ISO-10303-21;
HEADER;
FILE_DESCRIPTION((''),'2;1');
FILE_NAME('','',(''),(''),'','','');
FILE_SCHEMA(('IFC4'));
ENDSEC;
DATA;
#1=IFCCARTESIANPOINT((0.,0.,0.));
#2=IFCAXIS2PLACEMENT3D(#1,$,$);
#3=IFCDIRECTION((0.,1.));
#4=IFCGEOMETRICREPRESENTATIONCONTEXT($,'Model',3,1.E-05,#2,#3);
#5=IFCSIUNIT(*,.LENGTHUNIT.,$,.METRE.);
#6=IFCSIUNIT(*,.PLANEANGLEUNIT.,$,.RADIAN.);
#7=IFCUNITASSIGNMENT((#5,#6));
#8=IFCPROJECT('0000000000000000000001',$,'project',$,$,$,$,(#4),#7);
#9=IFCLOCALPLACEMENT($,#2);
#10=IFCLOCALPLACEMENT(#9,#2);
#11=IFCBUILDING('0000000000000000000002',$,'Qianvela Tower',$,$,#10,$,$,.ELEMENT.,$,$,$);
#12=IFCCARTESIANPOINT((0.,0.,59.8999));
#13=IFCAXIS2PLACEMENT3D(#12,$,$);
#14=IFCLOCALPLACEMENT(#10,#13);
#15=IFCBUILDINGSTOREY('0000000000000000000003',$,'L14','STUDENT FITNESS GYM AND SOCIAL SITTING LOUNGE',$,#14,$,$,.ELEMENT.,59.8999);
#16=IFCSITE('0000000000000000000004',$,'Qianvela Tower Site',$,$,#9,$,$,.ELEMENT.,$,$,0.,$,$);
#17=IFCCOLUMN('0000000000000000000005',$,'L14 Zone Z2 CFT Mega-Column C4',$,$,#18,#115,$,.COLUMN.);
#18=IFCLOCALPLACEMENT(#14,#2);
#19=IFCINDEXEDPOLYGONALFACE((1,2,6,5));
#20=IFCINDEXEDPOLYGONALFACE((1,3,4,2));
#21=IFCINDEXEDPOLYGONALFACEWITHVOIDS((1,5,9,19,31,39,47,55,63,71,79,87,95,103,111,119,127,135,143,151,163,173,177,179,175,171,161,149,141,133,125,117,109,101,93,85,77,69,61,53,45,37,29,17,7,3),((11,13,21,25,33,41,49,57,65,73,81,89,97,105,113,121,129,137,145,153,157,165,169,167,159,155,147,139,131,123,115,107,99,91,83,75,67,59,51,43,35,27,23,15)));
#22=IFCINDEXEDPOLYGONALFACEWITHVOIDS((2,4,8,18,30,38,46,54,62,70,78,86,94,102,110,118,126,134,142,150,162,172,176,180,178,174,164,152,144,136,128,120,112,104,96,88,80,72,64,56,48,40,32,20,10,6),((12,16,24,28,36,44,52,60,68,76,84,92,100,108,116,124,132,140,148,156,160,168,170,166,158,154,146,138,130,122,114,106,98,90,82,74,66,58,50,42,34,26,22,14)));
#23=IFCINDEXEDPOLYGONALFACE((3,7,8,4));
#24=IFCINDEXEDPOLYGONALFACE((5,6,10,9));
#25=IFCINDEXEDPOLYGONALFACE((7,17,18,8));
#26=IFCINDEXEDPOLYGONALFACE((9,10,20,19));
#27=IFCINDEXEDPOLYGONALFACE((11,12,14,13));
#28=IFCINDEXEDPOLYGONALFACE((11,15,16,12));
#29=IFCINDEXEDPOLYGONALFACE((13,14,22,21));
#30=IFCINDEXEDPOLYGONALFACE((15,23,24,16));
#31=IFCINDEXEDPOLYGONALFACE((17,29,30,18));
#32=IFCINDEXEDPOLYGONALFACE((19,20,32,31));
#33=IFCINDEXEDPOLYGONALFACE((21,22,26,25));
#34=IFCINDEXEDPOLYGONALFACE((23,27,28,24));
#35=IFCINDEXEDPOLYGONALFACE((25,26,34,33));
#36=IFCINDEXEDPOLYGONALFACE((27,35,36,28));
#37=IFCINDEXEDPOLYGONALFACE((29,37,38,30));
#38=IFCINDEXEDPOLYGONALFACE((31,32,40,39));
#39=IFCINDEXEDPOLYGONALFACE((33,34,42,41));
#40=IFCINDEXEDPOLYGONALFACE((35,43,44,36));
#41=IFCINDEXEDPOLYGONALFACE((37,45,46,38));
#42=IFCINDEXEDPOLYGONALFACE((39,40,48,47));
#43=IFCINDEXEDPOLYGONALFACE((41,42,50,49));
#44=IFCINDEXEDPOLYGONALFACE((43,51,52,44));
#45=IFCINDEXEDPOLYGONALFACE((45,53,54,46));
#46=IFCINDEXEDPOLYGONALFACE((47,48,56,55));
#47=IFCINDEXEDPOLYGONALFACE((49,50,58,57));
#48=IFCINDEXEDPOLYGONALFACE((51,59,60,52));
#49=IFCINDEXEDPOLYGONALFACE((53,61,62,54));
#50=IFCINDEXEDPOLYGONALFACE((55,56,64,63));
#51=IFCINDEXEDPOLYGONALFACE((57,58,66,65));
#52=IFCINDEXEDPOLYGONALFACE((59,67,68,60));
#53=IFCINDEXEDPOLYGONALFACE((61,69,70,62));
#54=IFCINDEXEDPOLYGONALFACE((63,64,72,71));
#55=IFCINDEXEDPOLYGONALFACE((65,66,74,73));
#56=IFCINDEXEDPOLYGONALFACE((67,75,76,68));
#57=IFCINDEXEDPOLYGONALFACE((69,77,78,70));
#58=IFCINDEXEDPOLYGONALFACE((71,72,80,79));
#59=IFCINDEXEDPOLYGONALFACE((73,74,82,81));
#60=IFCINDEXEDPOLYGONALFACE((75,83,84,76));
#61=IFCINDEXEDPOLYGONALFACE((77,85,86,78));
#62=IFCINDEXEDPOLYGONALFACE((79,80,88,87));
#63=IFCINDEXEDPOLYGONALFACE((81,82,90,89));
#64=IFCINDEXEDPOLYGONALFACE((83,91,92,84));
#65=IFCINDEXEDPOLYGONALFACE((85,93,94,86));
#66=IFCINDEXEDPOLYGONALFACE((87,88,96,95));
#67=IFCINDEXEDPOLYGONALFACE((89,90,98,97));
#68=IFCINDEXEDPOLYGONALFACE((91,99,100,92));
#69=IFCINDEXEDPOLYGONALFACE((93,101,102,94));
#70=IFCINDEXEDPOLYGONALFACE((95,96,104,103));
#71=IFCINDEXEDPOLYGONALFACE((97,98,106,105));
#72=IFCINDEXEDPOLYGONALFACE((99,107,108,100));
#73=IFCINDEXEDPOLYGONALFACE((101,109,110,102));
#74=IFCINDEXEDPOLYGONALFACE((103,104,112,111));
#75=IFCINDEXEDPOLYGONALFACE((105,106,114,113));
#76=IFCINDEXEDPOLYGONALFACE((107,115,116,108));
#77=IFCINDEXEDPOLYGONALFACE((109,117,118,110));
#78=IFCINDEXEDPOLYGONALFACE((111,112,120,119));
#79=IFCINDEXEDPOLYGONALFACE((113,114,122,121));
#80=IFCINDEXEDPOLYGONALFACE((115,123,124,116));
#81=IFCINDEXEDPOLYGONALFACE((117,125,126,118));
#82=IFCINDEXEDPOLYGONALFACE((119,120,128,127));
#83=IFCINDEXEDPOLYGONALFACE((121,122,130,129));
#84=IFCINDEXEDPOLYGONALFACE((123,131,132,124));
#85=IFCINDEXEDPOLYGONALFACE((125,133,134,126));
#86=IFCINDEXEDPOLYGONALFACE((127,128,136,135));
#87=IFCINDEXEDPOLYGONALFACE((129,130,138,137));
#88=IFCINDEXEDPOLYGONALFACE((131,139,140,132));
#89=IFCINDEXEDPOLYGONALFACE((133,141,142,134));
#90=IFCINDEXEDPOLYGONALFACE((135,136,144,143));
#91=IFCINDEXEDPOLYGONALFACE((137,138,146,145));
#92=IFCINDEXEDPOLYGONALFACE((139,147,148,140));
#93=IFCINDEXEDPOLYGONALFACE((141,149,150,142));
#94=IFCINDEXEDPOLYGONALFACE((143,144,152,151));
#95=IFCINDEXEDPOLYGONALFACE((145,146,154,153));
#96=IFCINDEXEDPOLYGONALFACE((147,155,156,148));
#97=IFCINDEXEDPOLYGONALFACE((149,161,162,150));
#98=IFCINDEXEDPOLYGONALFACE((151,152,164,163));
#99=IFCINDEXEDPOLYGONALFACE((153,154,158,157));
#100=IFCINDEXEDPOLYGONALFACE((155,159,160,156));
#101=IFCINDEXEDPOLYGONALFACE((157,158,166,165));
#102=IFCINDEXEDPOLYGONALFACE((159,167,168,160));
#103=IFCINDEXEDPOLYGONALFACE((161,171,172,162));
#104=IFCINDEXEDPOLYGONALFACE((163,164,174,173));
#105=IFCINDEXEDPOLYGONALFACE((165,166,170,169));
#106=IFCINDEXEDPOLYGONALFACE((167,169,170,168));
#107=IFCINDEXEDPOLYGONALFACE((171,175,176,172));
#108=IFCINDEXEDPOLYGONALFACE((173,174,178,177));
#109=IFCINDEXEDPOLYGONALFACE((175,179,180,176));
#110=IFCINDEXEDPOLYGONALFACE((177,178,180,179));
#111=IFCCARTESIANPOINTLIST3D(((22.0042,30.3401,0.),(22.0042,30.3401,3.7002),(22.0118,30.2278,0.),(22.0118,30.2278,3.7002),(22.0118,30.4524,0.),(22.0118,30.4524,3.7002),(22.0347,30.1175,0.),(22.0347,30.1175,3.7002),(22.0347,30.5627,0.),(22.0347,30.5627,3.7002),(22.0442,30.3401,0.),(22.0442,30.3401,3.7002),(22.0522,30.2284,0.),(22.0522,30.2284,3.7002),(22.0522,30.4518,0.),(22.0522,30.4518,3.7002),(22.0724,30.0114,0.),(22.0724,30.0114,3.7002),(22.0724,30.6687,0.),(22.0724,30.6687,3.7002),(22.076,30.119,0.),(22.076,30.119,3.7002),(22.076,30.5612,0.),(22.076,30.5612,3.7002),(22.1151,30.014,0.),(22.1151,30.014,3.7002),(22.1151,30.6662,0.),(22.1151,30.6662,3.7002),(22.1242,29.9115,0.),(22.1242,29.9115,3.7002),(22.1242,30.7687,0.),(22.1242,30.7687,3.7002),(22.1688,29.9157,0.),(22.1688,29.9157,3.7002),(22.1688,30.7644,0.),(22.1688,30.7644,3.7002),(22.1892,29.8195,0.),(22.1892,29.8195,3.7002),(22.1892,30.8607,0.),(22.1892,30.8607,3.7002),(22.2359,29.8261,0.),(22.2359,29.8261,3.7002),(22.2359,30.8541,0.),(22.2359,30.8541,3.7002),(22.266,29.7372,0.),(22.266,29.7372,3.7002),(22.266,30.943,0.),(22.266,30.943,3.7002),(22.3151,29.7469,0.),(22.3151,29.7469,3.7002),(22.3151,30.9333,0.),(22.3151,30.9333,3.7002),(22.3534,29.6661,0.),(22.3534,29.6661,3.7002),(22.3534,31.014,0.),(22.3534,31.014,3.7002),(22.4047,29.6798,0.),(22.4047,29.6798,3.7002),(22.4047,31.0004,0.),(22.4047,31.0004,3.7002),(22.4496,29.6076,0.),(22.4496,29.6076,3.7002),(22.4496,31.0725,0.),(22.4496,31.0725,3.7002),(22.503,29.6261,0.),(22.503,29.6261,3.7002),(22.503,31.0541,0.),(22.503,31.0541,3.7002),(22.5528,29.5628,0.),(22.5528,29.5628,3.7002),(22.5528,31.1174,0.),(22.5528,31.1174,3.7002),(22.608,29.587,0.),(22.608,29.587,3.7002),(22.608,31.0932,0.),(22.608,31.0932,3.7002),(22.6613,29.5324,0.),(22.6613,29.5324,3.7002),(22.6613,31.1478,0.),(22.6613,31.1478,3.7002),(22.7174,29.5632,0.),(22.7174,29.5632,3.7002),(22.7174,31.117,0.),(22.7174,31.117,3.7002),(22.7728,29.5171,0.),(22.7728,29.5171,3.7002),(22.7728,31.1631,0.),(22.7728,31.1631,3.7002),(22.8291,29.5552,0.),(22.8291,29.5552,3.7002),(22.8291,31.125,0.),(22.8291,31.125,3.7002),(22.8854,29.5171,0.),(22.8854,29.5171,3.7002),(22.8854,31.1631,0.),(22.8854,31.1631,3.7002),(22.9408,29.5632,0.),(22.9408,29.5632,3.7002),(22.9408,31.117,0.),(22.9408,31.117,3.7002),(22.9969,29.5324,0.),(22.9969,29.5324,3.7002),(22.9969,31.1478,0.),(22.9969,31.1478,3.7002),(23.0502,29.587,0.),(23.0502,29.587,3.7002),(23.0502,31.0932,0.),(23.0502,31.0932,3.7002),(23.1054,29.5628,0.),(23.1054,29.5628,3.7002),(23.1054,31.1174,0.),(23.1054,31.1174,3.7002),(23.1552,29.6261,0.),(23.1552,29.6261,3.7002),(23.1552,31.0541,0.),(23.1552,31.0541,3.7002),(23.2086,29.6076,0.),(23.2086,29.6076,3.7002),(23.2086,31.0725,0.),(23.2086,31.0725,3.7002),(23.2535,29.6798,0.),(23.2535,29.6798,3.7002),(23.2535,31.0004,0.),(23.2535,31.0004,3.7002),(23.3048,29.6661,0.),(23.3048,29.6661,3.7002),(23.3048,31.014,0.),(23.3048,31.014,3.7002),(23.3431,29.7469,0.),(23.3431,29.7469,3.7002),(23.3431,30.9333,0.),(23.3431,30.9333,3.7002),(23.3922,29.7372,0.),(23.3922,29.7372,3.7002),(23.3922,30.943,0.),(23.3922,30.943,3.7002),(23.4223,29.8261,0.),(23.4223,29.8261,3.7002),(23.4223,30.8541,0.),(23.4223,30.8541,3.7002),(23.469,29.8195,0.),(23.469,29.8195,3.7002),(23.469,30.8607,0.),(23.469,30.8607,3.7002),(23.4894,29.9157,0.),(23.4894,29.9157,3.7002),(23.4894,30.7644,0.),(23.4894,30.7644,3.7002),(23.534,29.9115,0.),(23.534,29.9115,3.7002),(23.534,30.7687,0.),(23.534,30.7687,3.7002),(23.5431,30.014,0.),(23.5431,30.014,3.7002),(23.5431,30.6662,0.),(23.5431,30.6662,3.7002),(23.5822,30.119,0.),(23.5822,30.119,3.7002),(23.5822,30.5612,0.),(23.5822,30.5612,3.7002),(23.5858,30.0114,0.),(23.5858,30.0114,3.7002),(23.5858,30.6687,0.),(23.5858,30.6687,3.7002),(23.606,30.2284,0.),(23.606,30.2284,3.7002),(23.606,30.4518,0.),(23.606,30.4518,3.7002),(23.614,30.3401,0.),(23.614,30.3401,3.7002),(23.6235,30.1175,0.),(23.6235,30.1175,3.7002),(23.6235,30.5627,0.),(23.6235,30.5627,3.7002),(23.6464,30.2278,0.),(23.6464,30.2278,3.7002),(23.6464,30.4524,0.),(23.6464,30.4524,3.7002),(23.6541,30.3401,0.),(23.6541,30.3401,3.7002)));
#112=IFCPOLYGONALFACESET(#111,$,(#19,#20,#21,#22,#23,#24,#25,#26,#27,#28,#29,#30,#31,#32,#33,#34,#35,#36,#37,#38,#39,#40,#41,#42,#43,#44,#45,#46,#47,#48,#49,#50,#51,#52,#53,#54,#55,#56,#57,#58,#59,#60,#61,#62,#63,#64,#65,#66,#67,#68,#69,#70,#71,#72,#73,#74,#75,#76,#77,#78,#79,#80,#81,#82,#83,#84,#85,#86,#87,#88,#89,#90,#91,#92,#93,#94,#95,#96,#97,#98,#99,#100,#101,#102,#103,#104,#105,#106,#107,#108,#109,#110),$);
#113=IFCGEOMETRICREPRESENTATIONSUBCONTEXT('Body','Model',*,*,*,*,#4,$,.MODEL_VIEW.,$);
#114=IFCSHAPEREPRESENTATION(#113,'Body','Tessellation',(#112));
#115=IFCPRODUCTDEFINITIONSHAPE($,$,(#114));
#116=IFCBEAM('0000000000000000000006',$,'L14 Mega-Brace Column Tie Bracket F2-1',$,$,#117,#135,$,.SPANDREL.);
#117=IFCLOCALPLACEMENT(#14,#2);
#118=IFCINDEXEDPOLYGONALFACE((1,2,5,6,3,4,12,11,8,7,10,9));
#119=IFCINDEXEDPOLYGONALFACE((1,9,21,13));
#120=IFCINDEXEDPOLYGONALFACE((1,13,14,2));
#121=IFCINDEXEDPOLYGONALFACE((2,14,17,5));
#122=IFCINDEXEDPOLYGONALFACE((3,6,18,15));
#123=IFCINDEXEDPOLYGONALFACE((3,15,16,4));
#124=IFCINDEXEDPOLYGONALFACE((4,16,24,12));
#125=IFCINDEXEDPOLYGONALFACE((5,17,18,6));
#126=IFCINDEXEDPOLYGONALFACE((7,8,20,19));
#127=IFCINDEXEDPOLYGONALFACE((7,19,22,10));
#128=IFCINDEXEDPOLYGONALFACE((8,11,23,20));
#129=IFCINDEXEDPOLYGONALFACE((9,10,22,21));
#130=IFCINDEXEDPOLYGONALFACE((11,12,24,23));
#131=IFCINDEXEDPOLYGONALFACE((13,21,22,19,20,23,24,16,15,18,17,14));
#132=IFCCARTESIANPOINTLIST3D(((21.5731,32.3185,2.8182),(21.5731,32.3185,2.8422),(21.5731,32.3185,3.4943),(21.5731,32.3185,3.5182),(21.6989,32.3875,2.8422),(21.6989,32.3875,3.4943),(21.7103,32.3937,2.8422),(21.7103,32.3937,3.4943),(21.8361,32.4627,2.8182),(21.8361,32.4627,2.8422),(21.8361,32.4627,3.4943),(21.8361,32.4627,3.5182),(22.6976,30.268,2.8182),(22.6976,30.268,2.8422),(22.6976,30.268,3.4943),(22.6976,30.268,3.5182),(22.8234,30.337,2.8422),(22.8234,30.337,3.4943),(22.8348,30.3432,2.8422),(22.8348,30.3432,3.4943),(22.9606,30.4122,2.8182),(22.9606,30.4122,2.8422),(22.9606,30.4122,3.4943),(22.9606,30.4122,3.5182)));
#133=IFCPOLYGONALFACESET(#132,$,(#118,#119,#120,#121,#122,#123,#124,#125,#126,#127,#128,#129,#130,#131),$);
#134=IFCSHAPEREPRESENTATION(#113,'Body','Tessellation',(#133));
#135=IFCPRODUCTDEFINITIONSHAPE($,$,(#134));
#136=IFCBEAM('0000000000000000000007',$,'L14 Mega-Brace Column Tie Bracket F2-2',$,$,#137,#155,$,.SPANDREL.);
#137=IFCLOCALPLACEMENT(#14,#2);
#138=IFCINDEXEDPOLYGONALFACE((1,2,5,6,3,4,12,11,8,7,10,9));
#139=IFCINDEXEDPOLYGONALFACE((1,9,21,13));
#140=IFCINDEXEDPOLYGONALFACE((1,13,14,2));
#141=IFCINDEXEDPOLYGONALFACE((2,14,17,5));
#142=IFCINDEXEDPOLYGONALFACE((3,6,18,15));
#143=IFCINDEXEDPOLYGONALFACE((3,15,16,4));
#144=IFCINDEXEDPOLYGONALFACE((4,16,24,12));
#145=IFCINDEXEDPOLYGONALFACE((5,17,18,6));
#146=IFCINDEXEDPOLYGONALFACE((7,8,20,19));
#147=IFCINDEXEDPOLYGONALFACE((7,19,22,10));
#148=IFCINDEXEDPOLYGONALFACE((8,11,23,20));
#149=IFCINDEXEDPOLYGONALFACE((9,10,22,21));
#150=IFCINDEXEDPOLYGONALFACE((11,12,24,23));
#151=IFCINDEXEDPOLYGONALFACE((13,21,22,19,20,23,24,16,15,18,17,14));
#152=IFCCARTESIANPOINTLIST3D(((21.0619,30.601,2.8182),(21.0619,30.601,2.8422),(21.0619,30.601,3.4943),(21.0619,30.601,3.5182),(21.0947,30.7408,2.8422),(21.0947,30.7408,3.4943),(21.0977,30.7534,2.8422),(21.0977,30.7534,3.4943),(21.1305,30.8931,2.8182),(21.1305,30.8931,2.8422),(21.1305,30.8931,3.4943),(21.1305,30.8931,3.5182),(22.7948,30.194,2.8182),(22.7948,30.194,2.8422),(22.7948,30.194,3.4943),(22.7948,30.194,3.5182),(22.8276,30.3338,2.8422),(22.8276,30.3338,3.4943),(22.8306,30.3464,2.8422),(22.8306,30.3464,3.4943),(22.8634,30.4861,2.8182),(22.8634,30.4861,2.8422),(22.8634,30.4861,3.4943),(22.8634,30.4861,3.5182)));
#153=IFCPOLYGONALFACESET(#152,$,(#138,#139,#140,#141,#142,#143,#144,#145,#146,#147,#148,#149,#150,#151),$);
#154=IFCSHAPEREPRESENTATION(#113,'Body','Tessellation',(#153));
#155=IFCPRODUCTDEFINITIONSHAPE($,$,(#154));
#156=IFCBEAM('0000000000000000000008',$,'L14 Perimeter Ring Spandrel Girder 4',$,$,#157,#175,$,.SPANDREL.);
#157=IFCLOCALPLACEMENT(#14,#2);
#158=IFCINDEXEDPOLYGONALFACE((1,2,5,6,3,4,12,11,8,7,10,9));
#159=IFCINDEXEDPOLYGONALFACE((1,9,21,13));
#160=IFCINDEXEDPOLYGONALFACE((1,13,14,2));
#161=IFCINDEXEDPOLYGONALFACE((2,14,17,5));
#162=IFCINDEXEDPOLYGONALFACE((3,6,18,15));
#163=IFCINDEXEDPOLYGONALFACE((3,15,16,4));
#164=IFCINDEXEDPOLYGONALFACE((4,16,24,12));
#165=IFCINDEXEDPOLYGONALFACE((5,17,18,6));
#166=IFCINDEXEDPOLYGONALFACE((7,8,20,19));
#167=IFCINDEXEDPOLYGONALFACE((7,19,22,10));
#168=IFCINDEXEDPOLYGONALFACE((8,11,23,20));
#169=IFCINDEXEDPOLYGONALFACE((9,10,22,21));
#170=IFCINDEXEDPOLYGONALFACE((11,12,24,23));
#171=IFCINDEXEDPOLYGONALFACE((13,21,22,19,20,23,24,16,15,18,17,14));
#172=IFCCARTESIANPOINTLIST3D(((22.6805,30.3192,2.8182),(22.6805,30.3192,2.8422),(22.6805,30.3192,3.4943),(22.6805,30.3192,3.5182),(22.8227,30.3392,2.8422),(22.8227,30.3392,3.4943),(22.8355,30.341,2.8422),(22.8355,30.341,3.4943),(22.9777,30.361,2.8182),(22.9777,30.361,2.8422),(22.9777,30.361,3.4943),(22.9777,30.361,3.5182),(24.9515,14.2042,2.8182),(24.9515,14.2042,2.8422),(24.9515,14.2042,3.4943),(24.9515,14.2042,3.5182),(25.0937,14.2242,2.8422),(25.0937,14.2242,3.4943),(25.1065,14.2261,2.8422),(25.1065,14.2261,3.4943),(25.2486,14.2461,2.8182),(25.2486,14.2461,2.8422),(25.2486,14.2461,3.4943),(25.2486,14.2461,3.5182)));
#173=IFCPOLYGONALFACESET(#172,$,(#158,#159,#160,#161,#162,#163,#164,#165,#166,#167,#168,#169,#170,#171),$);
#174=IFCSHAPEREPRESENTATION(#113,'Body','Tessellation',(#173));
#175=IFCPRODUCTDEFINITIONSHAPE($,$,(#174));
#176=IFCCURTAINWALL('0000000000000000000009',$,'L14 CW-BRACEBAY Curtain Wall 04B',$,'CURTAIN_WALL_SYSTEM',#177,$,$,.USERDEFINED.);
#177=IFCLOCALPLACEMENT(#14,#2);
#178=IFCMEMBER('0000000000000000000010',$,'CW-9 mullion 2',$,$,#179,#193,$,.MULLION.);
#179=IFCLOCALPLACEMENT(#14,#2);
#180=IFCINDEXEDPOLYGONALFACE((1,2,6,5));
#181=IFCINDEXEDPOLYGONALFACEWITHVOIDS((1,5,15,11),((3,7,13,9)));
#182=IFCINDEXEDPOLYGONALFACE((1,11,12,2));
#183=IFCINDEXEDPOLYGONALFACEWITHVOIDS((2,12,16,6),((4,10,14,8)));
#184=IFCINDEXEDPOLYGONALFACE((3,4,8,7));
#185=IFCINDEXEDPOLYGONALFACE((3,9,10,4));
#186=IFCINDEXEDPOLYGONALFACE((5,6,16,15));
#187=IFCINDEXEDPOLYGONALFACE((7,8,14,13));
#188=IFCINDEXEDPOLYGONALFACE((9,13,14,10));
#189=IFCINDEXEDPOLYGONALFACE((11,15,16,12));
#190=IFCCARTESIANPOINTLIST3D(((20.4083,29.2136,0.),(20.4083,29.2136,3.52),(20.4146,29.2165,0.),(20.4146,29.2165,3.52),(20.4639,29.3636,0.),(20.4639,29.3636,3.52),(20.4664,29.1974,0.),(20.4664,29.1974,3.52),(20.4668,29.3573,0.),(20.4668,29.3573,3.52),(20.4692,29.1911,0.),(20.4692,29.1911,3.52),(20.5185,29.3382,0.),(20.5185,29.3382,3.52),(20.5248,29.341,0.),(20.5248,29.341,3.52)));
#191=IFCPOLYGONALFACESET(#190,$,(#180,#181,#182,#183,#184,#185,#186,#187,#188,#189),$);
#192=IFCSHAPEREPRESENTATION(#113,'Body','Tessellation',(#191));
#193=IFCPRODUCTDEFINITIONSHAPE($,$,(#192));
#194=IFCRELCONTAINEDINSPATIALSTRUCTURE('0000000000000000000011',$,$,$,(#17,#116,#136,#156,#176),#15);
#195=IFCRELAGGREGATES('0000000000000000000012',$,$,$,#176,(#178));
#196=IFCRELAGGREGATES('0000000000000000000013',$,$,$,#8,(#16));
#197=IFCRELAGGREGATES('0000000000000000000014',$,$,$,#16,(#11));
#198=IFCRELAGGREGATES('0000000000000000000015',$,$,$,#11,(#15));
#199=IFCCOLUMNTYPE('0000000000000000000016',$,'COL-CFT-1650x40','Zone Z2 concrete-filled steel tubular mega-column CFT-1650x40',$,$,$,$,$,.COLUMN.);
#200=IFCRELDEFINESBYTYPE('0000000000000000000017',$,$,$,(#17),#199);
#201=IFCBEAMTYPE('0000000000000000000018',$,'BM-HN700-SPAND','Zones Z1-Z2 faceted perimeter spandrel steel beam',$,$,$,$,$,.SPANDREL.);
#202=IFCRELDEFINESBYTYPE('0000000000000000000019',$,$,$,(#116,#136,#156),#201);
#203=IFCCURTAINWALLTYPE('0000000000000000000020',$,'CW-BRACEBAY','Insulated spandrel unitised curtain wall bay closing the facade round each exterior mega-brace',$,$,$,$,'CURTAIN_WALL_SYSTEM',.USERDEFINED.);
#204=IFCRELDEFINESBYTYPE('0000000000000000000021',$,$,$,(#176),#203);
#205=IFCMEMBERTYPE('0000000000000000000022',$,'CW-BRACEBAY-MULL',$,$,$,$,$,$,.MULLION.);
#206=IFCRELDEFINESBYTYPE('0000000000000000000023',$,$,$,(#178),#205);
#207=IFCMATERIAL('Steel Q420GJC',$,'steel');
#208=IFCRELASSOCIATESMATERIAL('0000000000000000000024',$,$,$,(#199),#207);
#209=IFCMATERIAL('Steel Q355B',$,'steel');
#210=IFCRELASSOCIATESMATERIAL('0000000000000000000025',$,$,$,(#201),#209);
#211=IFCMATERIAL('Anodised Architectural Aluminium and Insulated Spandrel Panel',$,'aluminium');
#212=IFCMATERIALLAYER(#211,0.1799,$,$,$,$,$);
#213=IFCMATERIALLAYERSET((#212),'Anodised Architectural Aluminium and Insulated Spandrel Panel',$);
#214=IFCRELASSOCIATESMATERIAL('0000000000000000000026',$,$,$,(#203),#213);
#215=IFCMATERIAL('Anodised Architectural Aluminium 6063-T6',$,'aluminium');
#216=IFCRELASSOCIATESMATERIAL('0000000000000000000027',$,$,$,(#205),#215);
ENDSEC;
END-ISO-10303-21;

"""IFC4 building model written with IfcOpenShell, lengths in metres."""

from ifc_helpers import new_model, si_unit, direction, frame, origin, origin_2d, place, context, subcontext, project, spatial, hollow_rectangle, hollow_circle, i_section, extrude, material, layer, layer_set, material_profile, profile_set, type_object, element, aggregate, save


model = new_model("IFC4")

# Units and contexts
model_context = context("Model", 3, precision=1e-05, world=origin(), true_north=direction((0.0, 1.0)))
body_context = subcontext(model_context, "Body", "Model", "MODEL_VIEW")
ifc_project = project(units=[si_unit("LENGTHUNIT", "METRE"), si_unit("PLANEANGLEUNIT", "RADIAN")], contexts=[model_context])

# Site, building, storey
site_placement = place(None, origin())
site = spatial("IfcSite", under=ifc_project, at=site_placement, Name="Qianvela Tower Site", CompositionType="ELEMENT", RefElevation=0.0)
building_placement = place(site_placement, origin())
building = spatial("IfcBuilding", under=site, at=building_placement, Name="Qianvela Tower", CompositionType="ELEMENT")
storey_placement = place(building_placement, frame((0.0, 0.0, 59.8999)))
storey = spatial("IfcBuildingStorey", under=building, at=storey_placement, Name="L14", Description="STUDENT FITNESS GYM AND SOCIAL SITTING LOUNGE", CompositionType="ELEMENT", Elevation=59.8999)

# Column
ifc_material_1 = material(Name="Steel Q420GJC", Category="steel")
ifc_material_profile_1 = material_profile(ifc_material_1, hollow_circle(Radius=0.825, WallThickness=0.04, at=origin_2d()), Name="CFT-1650x40")
ifc_profile_set_1 = profile_set([ifc_material_profile_1], Name="Steel Q420GJC")
column_type = type_object("IfcColumnType", Name="COL-CFT-1650x40", Description="Zone Z2 concrete-filled steel tubular mega-column CFT-1650x40", PredefinedType="COLUMN", material=ifc_profile_set_1)
column_placement = place(storey_placement, frame((22.8291, 30.3401, 0.0), z_axis=(0.0, 0.0, 1.0), x_axis=(1.0, 0.0, 0.0)))
element("IfcColumn", 1, at=column_placement, inside=storey, type_object=column_type, Name="L14 Zone Z2 CFT Mega-Column C4", PredefinedType="COLUMN", context=body_context, shape_type="SweptSolid", body=[
    extrude(hollow_circle(Radius=0.825, WallThickness=0.04, at=origin_2d()), origin(), (0.0, 0.0, 1.0), 3.7002),
])

# Beams
ifc_material_2 = material(Name="Steel Q355B", Category="steel")
ifc_material_profile_2 = material_profile(ifc_material_2, i_section(OverallWidth=0.3, OverallDepth=0.7, WebThickness=0.0129, FlangeThickness=0.0239, at=origin_2d()), Name="HN700x300x13x24")
ifc_profile_set_2 = profile_set([ifc_material_profile_2], Name="Steel Q355B")
beam_type = type_object("IfcBeamType", Name="BM-HN700-SPAND", Description="Zones Z1-Z2 faceted perimeter spandrel steel beam", PredefinedType="SPANDREL", material=ifc_profile_set_2)
beam_1_placement = place(storey_placement, frame((22.8291, 30.3401, 3.1682), z_axis=(-0.48084, 0.876808, 0.0), x_axis=(-0.876808, -0.48084, 0.0)))
element("IfcBeam", 2, at=beam_1_placement, inside=storey, type_object=beam_type, Name="L14 Mega-Brace Column Tie Bracket F2-1", PredefinedType="SPANDREL", context=body_context, shape_type="SweptSolid", body=[
    extrude(i_section(OverallWidth=0.3, OverallDepth=0.7, WebThickness=0.0129, FlangeThickness=0.0239, at=origin_2d()), origin(), (0.0, 0.0, 1.0), 2.3386),
])
beam_2_placement = place(storey_placement, frame((22.8291, 30.3401, 3.1682), z_axis=(-0.973512, 0.228634, 0.0), x_axis=(-0.228634, -0.973512, 0.0)))
element("IfcBeam", 3, at=beam_2_placement, inside=storey, type_object=beam_type, Name="L14 Mega-Brace Column Tie Bracket F2-2", PredefinedType="SPANDREL", context=body_context, shape_type="SweptSolid", body=[
    extrude(i_section(OverallWidth=0.3, OverallDepth=0.7, WebThickness=0.0129, FlangeThickness=0.0239, at=origin_2d()), origin(), (0.0, 0.0, 1.0), 1.78),
])
beam_3_placement = place(storey_placement, frame((22.8291, 30.3401, 3.1682), z_axis=(0.139546, -0.990216, 0.0), x_axis=(0.990216, 0.139546, 0.0)))
element("IfcBeam", 4, at=beam_3_placement, inside=storey, type_object=beam_type, Name="L14 Perimeter Ring Spandrel Girder 4", PredefinedType="SPANDREL", context=body_context, shape_type="SweptSolid", body=[
    extrude(i_section(OverallWidth=0.3, OverallDepth=0.7, WebThickness=0.0129, FlangeThickness=0.0239, at=origin_2d()), origin(), (0.0, 0.0, 1.0), 16.2742),
])

# Curtain wall, member
ifc_material_3 = material(Name="Anodised Architectural Aluminium and Insulated Spandrel Panel", Category="aluminium")
ifc_layer_1 = layer(ifc_material_3, 0.1799)
ifc_layer_set_1 = layer_set([ifc_layer_1], Name="Anodised Architectural Aluminium and Insulated Spandrel Panel")
curtain_wall_type_1 = type_object("IfcCurtainWallType", Name="CW-BRACEBAY", Description="Insulated spandrel unitised curtain wall bay closing the facade round each exterior mega-brace", ElementType="CURTAIN_WALL_SYSTEM", PredefinedType="USERDEFINED", material=ifc_layer_set_1)
curtain_wall_1_placement = place(storey_placement, origin())
curtain_wall_1 = element("IfcCurtainWall", 5, at=curtain_wall_1_placement, inside=storey, type_object=curtain_wall_type_1, Name="L14 CW-BRACEBAY Curtain Wall 04B", ObjectType="CURTAIN_WALL_SYSTEM", PredefinedType="USERDEFINED")
ifc_material_4 = material(Name="Anodised Architectural Aluminium 6063-T6", Category="aluminium")
ifc_material_profile_3 = material_profile(ifc_material_4, hollow_rectangle(XDim=0.0649, YDim=0.1599, WallThickness=0.0049, at=origin_2d()), Name="ALU-MULL-65x160")
ifc_profile_set_3 = profile_set([ifc_material_profile_3], Name="Anodised Architectural Aluminium 6063-T6")
member_type_1 = type_object("IfcMemberType", Name="CW-BRACEBAY-MULL", PredefinedType="MULLION", material=ifc_profile_set_3)
member_1_placement = place(storey_placement, frame((20.4666, 29.2773, 0.0), z_axis=(0.0, 0.0, 1.0), x_axis=(0.937768, -0.347262, 0.0)))
member_1 = element("IfcMember", 6, at=member_1_placement, type_object=member_type_1, Name="CW-9 mullion 2", PredefinedType="MULLION", context=body_context, shape_type="SweptSolid", body=[
    extrude(hollow_rectangle(XDim=0.0649, YDim=0.1599, WallThickness=0.0049, at=origin_2d()), origin(), (0.0, 0.0, 1.0), 3.52),
])

aggregate(curtain_wall_1, [member_1])

save(model, "model.ifc")
